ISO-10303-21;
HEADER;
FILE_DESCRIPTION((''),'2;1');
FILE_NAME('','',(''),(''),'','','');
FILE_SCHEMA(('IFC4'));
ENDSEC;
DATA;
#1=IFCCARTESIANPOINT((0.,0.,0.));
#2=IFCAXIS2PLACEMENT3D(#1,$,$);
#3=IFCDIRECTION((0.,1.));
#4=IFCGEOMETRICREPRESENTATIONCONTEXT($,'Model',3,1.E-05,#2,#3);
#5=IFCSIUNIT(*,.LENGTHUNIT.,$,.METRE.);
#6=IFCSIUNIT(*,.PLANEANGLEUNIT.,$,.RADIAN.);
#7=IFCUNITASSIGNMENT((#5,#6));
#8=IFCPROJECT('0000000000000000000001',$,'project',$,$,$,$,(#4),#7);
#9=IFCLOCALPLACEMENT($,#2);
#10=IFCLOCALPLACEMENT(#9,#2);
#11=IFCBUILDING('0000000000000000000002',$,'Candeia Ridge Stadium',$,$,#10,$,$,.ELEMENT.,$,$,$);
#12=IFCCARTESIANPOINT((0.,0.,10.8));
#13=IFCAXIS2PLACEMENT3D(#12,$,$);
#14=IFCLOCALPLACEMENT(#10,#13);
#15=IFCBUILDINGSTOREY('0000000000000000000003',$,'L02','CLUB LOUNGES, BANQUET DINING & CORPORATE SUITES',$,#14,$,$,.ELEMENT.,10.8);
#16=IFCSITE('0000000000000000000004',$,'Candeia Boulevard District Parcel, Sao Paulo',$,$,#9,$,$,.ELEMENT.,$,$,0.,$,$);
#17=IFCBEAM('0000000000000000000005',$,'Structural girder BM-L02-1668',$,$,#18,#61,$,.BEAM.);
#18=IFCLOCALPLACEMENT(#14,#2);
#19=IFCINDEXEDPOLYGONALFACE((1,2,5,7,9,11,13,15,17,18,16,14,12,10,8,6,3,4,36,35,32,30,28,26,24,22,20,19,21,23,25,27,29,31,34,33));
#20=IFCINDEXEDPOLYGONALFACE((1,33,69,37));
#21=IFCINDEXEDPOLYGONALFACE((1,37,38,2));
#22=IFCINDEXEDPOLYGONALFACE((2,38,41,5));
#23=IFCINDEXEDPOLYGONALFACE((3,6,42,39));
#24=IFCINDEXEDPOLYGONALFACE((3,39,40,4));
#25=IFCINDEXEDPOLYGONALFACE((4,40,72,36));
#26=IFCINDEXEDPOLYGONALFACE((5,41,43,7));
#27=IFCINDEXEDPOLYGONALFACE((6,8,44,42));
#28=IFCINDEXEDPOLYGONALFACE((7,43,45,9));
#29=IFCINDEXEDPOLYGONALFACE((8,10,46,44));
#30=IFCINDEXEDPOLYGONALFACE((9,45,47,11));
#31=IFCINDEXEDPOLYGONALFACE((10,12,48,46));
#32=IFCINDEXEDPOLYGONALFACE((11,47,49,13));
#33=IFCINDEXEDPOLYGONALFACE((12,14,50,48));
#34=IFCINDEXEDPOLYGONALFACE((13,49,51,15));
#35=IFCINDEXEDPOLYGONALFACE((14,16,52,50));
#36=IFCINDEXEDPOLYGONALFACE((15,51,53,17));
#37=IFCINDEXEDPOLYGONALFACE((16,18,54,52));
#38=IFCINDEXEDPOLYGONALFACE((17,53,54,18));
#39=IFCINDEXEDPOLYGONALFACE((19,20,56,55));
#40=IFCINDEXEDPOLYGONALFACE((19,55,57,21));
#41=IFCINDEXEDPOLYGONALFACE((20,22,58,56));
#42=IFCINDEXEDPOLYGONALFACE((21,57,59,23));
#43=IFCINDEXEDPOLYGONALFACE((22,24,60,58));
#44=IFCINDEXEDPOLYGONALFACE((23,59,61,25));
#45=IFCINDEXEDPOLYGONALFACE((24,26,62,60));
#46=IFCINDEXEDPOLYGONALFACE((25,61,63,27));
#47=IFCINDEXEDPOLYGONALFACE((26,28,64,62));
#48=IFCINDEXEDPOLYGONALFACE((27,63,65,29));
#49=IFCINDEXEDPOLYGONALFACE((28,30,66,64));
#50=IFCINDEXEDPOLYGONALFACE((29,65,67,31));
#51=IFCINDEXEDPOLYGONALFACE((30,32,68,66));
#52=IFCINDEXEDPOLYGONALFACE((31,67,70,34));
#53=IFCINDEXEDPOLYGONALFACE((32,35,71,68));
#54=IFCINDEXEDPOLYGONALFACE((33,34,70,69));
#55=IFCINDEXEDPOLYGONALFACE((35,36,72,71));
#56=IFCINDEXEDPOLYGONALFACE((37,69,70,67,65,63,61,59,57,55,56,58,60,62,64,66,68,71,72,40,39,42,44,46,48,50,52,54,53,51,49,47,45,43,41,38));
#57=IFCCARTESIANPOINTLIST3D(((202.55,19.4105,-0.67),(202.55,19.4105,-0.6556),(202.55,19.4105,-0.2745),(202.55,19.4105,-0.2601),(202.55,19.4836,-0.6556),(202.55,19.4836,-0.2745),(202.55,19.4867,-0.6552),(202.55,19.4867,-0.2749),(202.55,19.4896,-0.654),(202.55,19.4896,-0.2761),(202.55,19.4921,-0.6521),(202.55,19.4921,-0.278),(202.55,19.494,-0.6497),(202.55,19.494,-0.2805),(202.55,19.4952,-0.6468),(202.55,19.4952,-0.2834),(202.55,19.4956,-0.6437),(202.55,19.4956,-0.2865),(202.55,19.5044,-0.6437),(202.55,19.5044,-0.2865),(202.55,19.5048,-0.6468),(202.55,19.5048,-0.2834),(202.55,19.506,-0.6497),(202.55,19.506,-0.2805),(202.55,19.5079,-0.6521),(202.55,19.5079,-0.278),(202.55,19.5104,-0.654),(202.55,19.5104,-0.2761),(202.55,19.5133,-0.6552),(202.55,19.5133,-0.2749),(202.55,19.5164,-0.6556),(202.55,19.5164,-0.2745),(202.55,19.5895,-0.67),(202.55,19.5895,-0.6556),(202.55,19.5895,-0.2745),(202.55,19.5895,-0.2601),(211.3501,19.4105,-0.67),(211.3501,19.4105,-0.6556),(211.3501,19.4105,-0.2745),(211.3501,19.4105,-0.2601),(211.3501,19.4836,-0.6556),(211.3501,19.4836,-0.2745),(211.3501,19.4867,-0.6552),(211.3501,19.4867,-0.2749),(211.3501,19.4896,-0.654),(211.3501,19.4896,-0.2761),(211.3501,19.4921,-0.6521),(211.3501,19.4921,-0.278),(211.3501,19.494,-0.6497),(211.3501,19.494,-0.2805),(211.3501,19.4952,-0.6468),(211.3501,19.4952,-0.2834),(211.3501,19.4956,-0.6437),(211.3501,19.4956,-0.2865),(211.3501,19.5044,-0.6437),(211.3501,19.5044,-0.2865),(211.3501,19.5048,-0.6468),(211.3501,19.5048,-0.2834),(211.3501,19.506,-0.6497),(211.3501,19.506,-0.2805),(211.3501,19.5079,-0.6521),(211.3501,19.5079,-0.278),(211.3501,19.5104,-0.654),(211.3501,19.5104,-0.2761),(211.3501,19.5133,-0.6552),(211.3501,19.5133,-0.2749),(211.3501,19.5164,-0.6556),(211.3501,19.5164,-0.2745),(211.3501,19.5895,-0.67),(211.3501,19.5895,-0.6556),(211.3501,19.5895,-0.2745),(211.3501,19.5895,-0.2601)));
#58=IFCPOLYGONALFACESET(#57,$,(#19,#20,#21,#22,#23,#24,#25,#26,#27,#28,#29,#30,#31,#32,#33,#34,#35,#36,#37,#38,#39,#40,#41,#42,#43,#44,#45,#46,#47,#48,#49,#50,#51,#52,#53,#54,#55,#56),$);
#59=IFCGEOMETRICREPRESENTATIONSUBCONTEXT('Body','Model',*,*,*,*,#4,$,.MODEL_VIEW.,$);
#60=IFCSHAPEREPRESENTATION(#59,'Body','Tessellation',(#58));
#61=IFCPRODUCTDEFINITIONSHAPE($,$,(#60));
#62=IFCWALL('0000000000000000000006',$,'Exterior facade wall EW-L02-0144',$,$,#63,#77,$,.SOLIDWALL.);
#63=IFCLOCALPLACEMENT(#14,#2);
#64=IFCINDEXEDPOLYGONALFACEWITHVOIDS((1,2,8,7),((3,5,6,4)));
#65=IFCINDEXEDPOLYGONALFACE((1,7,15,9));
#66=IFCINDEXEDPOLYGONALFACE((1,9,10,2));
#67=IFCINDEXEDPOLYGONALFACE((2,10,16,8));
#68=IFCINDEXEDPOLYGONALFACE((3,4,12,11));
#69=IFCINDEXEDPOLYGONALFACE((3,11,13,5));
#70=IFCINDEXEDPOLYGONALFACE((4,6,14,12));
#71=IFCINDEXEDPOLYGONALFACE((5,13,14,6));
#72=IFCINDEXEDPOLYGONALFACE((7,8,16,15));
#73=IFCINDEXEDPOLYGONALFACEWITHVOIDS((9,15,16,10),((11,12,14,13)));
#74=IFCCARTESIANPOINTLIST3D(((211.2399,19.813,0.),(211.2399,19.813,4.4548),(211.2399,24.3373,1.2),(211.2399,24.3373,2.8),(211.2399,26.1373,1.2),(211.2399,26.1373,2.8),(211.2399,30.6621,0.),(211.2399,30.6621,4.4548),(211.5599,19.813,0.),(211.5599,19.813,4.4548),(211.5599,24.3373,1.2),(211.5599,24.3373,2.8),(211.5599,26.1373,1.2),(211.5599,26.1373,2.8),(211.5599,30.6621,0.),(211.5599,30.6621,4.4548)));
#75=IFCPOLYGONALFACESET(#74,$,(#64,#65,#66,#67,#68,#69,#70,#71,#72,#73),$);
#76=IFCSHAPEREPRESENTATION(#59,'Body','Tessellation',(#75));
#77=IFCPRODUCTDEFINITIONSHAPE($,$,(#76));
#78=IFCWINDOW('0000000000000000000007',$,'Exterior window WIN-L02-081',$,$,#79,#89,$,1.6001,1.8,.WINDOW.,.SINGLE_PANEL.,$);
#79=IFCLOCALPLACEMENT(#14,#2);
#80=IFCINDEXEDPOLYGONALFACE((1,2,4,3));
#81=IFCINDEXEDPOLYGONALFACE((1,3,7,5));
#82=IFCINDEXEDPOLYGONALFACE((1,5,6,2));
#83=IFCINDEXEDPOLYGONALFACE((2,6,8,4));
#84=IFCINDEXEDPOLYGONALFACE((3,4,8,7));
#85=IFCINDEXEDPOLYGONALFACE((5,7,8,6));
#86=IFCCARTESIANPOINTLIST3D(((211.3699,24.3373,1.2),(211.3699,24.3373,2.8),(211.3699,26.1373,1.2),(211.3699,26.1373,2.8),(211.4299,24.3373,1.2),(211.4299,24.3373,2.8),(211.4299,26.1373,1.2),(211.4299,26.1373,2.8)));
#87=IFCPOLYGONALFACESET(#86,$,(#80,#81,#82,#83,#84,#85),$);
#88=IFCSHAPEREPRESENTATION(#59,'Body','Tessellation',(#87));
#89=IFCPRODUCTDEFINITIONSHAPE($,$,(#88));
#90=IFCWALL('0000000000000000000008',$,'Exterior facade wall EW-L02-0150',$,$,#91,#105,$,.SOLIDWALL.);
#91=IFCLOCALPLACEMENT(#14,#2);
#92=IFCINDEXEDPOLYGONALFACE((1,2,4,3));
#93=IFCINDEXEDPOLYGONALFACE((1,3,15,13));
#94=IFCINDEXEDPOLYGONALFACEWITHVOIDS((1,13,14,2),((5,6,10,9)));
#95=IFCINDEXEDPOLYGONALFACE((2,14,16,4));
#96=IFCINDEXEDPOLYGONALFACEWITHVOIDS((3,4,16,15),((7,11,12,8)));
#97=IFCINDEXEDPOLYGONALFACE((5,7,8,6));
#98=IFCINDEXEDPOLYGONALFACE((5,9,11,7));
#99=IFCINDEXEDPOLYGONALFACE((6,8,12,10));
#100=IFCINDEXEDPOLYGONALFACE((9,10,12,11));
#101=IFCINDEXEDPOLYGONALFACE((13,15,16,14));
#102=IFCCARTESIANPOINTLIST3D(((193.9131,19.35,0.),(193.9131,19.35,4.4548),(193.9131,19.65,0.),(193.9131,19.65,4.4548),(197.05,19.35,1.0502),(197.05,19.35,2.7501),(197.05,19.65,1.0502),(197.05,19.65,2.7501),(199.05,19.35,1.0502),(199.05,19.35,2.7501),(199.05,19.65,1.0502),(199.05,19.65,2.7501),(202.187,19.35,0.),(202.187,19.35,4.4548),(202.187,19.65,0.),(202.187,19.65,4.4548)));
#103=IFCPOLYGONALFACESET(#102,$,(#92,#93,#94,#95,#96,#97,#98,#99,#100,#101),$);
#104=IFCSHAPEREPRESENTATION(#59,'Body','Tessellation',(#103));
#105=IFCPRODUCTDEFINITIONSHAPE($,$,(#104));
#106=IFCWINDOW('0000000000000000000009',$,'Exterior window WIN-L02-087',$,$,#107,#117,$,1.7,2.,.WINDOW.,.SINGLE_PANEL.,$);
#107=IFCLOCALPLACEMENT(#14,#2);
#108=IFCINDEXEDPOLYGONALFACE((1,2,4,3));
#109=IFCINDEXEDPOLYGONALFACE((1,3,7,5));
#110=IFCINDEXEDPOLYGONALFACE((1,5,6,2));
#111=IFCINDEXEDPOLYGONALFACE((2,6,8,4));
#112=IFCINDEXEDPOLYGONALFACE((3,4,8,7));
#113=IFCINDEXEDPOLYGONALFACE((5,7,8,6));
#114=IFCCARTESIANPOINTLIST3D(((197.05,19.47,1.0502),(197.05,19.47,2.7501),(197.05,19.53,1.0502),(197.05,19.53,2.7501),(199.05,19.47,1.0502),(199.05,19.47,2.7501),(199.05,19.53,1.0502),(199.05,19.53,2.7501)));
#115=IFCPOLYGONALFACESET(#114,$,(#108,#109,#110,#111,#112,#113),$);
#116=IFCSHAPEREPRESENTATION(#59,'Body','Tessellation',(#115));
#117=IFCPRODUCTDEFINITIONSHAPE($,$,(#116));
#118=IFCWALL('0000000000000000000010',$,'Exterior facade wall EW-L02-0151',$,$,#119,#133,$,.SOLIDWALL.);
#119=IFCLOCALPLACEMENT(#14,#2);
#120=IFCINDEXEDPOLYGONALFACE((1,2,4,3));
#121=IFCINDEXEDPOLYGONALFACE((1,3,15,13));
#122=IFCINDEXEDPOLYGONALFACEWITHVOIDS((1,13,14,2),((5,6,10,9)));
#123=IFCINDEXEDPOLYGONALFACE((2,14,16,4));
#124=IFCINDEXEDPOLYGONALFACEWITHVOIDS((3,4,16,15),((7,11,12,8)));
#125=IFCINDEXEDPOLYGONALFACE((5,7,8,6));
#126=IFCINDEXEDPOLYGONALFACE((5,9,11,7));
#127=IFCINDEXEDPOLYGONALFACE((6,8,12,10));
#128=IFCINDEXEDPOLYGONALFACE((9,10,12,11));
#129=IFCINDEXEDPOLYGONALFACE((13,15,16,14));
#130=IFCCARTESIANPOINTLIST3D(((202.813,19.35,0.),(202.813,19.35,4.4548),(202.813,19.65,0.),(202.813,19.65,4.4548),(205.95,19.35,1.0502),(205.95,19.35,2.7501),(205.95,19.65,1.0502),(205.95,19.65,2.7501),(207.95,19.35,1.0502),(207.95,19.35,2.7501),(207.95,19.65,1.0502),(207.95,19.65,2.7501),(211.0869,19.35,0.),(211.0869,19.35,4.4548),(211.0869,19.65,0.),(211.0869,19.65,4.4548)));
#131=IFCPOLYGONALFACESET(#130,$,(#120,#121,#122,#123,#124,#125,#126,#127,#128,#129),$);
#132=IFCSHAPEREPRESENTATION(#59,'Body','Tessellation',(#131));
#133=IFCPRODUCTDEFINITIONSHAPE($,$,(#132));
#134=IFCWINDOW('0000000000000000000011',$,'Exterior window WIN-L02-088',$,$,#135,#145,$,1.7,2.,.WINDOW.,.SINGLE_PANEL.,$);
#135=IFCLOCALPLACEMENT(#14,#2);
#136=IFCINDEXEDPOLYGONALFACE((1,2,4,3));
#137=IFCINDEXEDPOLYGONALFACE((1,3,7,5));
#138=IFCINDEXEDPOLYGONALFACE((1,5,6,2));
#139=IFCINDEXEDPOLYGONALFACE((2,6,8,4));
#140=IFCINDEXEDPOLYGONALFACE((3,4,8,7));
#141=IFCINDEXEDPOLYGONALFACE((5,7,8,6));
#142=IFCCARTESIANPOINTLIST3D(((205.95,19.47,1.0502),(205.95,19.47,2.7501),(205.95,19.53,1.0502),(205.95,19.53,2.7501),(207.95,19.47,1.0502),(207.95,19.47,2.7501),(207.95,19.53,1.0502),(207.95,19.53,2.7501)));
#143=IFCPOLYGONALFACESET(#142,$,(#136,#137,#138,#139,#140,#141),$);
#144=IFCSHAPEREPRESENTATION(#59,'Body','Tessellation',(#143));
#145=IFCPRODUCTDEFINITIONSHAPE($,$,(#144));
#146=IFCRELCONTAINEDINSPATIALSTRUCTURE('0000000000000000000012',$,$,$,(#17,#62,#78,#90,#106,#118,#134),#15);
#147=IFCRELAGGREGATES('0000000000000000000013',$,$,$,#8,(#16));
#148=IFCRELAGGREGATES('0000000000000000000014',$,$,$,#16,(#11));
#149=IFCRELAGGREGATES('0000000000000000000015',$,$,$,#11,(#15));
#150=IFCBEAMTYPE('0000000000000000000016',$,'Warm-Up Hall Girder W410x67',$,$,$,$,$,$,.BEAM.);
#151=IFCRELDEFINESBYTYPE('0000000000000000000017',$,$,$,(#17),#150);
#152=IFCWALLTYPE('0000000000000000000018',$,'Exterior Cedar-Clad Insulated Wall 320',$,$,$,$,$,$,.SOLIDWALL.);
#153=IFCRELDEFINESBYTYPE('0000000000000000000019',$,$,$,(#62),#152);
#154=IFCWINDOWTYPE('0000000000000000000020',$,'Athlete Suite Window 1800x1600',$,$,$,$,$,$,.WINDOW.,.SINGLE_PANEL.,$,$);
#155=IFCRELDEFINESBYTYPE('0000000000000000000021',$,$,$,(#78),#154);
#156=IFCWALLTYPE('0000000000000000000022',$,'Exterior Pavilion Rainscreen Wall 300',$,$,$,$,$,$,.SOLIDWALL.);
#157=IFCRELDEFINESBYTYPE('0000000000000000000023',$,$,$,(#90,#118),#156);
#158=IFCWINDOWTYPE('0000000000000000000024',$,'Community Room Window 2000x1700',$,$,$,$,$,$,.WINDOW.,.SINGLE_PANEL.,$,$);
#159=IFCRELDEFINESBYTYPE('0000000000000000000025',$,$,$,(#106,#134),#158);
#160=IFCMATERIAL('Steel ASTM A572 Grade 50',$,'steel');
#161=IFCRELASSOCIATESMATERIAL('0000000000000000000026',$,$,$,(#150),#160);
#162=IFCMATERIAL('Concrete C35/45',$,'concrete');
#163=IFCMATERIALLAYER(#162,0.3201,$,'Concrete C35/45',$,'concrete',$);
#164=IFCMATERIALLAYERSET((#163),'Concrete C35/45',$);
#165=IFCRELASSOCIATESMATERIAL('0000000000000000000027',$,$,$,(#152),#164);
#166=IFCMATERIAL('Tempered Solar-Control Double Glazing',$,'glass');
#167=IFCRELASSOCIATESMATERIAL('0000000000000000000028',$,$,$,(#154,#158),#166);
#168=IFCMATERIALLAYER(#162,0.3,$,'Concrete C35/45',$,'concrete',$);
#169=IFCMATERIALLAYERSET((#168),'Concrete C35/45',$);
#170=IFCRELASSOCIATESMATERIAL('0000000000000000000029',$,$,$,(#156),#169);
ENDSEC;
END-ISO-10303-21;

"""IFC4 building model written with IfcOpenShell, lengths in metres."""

from ifc_helpers import new_model, si_unit, direction, frame, frame_2d, origin, origin_2d, place, context, subcontext, project, spatial, rectangle, i_section, extrude, material, layer, layer_set, material_profile, profile_set, type_object, element, fill, save


model = new_model("IFC4")

# Units and contexts
model_context = context("Model", 3, precision=1e-05, world=origin(), true_north=direction((0.0, 1.0)))
body_context = subcontext(model_context, "Body", "Model", "MODEL_VIEW")
ifc_project = project(units=[si_unit("LENGTHUNIT", "METRE"), si_unit("PLANEANGLEUNIT", "RADIAN")], contexts=[model_context])

# Site, building, storey
site_placement = place(None, origin())
site = spatial("IfcSite", under=ifc_project, at=site_placement, Name="Candeia Boulevard District Parcel, Sao Paulo", CompositionType="ELEMENT", RefElevation=0.0)
building_placement = place(site_placement, origin())
building = spatial("IfcBuilding", under=site, at=building_placement, Name="Candeia Ridge Stadium", CompositionType="ELEMENT")
storey_placement = place(building_placement, frame((0.0, 0.0, 10.8)))
storey = spatial("IfcBuildingStorey", under=building, at=storey_placement, Name="L02", Description="CLUB LOUNGES, BANQUET DINING & CORPORATE SUITES", CompositionType="ELEMENT", Elevation=10.8)

# Beam
ifc_material_1 = material(Name="Steel ASTM A572 Grade 50", Category="steel")
ifc_material_profile_1 = material_profile(ifc_material_1, i_section(OverallWidth=0.179, OverallDepth=0.4099, WebThickness=0.0088, FlangeThickness=0.0144, FilletRadius=0.012, at=origin_2d()), Name="W410x67", Category="steel")
ifc_profile_set_1 = profile_set([ifc_material_profile_1], Name="Steel ASTM A572 Grade 50")
beam_type_1 = type_object("IfcBeamType", Name="Warm-Up Hall Girder W410x67", PredefinedType="BEAM", material=ifc_profile_set_1)
for number, where, z_axis, x_axis, name in (
    (1, (202.55, 19.5, -0.4651), (1.0, 0.0, 0.0), (0.0, 1.0, 0.0), "Structural girder BM-L02-1668"),
):
    element("IfcBeam", number, at=place(storey_placement, frame(where, z_axis=z_axis, x_axis=x_axis)), inside=storey, type_object=beam_type_1, Name=name, PredefinedType="BEAM", context=body_context, shape_type="SweptSolid", body=[
        extrude(i_section(OverallWidth=0.179, OverallDepth=0.4099, WebThickness=0.0088, FlangeThickness=0.0144, FilletRadius=0.012, at=origin_2d()), origin(), (0.0, 0.0, 1.0), 8.8),
    ])

# Walls, openings, windows
ifc_material_2 = material(Name="Concrete C35/45", Category="concrete")
ifc_layer_1 = layer(ifc_material_2, 0.3201, Name="Concrete C35/45", Category="concrete")
ifc_layer_set_1 = layer_set([ifc_layer_1], Name="Concrete C35/45")
wall_type_1 = type_object("IfcWallType", Name="Exterior Cedar-Clad Insulated Wall 320", PredefinedType="SOLIDWALL", material=ifc_layer_set_1)
wall_1_placement = place(storey_placement, frame((211.3999, 19.813, 0.0), z_axis=(0.0, 0.0, 1.0), x_axis=(0.0, 1.0, 0.0)))
wall_1 = element("IfcWall", 2, at=wall_1_placement, inside=storey, type_object=wall_type_1, Name="Exterior facade wall EW-L02-0144", PredefinedType="SOLIDWALL", context=body_context, shape_type="SweptSolid", body=[
    extrude(rectangle(XDim=10.8491, YDim=0.3201, at=frame_2d((5.4246, 0.0))), origin(), (0.0, 0.0, 1.0), 4.4548),
])
opening_1_placement = place(wall_1_placement, frame((4.5244, 0.0, 1.2)))
opening_1 = element("IfcOpeningElement", 3, at=opening_1_placement, cuts=wall_1, PredefinedType="OPENING", context=body_context, shape_type="SweptSolid", body=[
    extrude(rectangle(XDim=1.8, YDim=1.6001, at=frame_2d((0.8999, 0.8))), frame((0.0, 0.1699, 0.0), z_axis=(0.0, -1.0, 0.0), x_axis=(1.0, 0.0, 0.0)), (0.0, 0.0, 1.0), 0.3401),
])
ifc_material_3 = material(Name="Tempered Solar-Control Double Glazing", Category="glass")
window_type_1 = type_object("IfcWindowType", Name="Athlete Suite Window 1800x1600", PartitioningType="SINGLE_PANEL", PredefinedType="WINDOW", material=ifc_material_3)
window_1_placement = place(opening_1_placement, origin())
window_1 = element("IfcWindow", 4, at=window_1_placement, inside=storey, type_object=window_type_1, Name="Exterior window WIN-L02-081", OverallHeight=1.6001, OverallWidth=1.8, PartitioningType="SINGLE_PANEL", PredefinedType="WINDOW", context=body_context, shape_type="SweptSolid", body=[
    extrude(rectangle(XDim=1.8, YDim=1.6001, at=frame_2d((0.8999, 0.8))), frame((0.0, 0.03, 0.0), z_axis=(0.0, -1.0, 0.0), x_axis=(1.0, 0.0, 0.0)), (0.0, 0.0, 1.0), 0.0601),
])
fill(opening_1, window_1)
ifc_layer_2 = layer(ifc_material_2, 0.3, Name="Concrete C35/45", Category="concrete")
ifc_layer_set_2 = layer_set([ifc_layer_2], Name="Concrete C35/45")
wall_type_2 = type_object("IfcWallType", Name="Exterior Pavilion Rainscreen Wall 300", PredefinedType="SOLIDWALL", material=ifc_layer_set_2)
wall_2_placement = place(storey_placement, frame((193.9131, 19.5, 0.0), z_axis=(0.0, 0.0, 1.0), x_axis=(1.0, 0.0, 0.0)))
wall_2 = element("IfcWall", 5, at=wall_2_placement, inside=storey, type_object=wall_type_2, Name="Exterior facade wall EW-L02-0150", PredefinedType="SOLIDWALL", context=body_context, shape_type="SweptSolid", body=[
    extrude(rectangle(XDim=8.2739, YDim=0.3, at=frame_2d((4.137, 0.0))), origin(), (0.0, 0.0, 1.0), 4.4548),
])
opening_2_placement = place(wall_2_placement, frame((3.137, 0.0, 1.05)))
opening_2 = element("IfcOpeningElement", 6, at=opening_2_placement, cuts=wall_2, PredefinedType="OPENING", context=body_context, shape_type="SweptSolid", body=[
    extrude(rectangle(XDim=2.0, YDim=1.7, at=frame_2d((1.0, 0.8501))), frame((0.0, 0.1599, 0.0), z_axis=(0.0, -1.0, 0.0), x_axis=(1.0, 0.0, 0.0)), (0.0, 0.0, 1.0), 0.3201),
])
window_type_2 = type_object("IfcWindowType", Name="Community Room Window 2000x1700", PartitioningType="SINGLE_PANEL", PredefinedType="WINDOW", material=ifc_material_3)
window_2_placement = place(opening_2_placement, origin())
window_2 = element("IfcWindow", 7, at=window_2_placement, inside=storey, type_object=window_type_2, Name="Exterior window WIN-L02-087", OverallHeight=1.7, OverallWidth=2.0, PartitioningType="SINGLE_PANEL", PredefinedType="WINDOW", context=body_context, shape_type="SweptSolid", body=[
    extrude(rectangle(XDim=2.0, YDim=1.7, at=frame_2d((1.0, 0.8501))), frame((0.0, 0.03, 0.0), z_axis=(0.0, -1.0, 0.0), x_axis=(1.0, 0.0, 0.0)), (0.0, 0.0, 1.0), 0.0601),
])
fill(opening_2, window_2)
wall_3_placement = place(storey_placement, frame((202.813, 19.5, 0.0), z_axis=(0.0, 0.0, 1.0), x_axis=(1.0, 0.0, 0.0)))
wall_3 = element("IfcWall", 8, at=wall_3_placement, inside=storey, type_object=wall_type_2, Name="Exterior facade wall EW-L02-0151", PredefinedType="SOLIDWALL", context=body_context, shape_type="SweptSolid", body=[
    extrude(rectangle(XDim=8.2739, YDim=0.3, at=frame_2d((4.137, 0.0))), origin(), (0.0, 0.0, 1.0), 4.4548),
])
opening_3_placement = place(wall_3_placement, frame((3.137, 0.0, 1.05)))
opening_3 = element("IfcOpeningElement", 9, at=opening_3_placement, cuts=wall_3, PredefinedType="OPENING", context=body_context, shape_type="SweptSolid", body=[
    extrude(rectangle(XDim=2.0, YDim=1.7, at=frame_2d((1.0, 0.8501))), frame((0.0, 0.1599, 0.0), z_axis=(0.0, -1.0, 0.0), x_axis=(1.0, 0.0, 0.0)), (0.0, 0.0, 1.0), 0.3201),
])
window_3_placement = place(opening_3_placement, origin())
window_3 = element("IfcWindow", 10, at=window_3_placement, inside=storey, type_object=window_type_2, Name="Exterior window WIN-L02-088", OverallHeight=1.7, OverallWidth=2.0, PartitioningType="SINGLE_PANEL", PredefinedType="WINDOW", context=body_context, shape_type="SweptSolid", body=[
    extrude(rectangle(XDim=2.0, YDim=1.7, at=frame_2d((1.0, 0.8501))), frame((0.0, 0.03, 0.0), z_axis=(0.0, -1.0, 0.0), x_axis=(1.0, 0.0, 0.0)), (0.0, 0.0, 1.0), 0.0601),
])
fill(opening_3, window_3)

save(model, "model.ifc")
